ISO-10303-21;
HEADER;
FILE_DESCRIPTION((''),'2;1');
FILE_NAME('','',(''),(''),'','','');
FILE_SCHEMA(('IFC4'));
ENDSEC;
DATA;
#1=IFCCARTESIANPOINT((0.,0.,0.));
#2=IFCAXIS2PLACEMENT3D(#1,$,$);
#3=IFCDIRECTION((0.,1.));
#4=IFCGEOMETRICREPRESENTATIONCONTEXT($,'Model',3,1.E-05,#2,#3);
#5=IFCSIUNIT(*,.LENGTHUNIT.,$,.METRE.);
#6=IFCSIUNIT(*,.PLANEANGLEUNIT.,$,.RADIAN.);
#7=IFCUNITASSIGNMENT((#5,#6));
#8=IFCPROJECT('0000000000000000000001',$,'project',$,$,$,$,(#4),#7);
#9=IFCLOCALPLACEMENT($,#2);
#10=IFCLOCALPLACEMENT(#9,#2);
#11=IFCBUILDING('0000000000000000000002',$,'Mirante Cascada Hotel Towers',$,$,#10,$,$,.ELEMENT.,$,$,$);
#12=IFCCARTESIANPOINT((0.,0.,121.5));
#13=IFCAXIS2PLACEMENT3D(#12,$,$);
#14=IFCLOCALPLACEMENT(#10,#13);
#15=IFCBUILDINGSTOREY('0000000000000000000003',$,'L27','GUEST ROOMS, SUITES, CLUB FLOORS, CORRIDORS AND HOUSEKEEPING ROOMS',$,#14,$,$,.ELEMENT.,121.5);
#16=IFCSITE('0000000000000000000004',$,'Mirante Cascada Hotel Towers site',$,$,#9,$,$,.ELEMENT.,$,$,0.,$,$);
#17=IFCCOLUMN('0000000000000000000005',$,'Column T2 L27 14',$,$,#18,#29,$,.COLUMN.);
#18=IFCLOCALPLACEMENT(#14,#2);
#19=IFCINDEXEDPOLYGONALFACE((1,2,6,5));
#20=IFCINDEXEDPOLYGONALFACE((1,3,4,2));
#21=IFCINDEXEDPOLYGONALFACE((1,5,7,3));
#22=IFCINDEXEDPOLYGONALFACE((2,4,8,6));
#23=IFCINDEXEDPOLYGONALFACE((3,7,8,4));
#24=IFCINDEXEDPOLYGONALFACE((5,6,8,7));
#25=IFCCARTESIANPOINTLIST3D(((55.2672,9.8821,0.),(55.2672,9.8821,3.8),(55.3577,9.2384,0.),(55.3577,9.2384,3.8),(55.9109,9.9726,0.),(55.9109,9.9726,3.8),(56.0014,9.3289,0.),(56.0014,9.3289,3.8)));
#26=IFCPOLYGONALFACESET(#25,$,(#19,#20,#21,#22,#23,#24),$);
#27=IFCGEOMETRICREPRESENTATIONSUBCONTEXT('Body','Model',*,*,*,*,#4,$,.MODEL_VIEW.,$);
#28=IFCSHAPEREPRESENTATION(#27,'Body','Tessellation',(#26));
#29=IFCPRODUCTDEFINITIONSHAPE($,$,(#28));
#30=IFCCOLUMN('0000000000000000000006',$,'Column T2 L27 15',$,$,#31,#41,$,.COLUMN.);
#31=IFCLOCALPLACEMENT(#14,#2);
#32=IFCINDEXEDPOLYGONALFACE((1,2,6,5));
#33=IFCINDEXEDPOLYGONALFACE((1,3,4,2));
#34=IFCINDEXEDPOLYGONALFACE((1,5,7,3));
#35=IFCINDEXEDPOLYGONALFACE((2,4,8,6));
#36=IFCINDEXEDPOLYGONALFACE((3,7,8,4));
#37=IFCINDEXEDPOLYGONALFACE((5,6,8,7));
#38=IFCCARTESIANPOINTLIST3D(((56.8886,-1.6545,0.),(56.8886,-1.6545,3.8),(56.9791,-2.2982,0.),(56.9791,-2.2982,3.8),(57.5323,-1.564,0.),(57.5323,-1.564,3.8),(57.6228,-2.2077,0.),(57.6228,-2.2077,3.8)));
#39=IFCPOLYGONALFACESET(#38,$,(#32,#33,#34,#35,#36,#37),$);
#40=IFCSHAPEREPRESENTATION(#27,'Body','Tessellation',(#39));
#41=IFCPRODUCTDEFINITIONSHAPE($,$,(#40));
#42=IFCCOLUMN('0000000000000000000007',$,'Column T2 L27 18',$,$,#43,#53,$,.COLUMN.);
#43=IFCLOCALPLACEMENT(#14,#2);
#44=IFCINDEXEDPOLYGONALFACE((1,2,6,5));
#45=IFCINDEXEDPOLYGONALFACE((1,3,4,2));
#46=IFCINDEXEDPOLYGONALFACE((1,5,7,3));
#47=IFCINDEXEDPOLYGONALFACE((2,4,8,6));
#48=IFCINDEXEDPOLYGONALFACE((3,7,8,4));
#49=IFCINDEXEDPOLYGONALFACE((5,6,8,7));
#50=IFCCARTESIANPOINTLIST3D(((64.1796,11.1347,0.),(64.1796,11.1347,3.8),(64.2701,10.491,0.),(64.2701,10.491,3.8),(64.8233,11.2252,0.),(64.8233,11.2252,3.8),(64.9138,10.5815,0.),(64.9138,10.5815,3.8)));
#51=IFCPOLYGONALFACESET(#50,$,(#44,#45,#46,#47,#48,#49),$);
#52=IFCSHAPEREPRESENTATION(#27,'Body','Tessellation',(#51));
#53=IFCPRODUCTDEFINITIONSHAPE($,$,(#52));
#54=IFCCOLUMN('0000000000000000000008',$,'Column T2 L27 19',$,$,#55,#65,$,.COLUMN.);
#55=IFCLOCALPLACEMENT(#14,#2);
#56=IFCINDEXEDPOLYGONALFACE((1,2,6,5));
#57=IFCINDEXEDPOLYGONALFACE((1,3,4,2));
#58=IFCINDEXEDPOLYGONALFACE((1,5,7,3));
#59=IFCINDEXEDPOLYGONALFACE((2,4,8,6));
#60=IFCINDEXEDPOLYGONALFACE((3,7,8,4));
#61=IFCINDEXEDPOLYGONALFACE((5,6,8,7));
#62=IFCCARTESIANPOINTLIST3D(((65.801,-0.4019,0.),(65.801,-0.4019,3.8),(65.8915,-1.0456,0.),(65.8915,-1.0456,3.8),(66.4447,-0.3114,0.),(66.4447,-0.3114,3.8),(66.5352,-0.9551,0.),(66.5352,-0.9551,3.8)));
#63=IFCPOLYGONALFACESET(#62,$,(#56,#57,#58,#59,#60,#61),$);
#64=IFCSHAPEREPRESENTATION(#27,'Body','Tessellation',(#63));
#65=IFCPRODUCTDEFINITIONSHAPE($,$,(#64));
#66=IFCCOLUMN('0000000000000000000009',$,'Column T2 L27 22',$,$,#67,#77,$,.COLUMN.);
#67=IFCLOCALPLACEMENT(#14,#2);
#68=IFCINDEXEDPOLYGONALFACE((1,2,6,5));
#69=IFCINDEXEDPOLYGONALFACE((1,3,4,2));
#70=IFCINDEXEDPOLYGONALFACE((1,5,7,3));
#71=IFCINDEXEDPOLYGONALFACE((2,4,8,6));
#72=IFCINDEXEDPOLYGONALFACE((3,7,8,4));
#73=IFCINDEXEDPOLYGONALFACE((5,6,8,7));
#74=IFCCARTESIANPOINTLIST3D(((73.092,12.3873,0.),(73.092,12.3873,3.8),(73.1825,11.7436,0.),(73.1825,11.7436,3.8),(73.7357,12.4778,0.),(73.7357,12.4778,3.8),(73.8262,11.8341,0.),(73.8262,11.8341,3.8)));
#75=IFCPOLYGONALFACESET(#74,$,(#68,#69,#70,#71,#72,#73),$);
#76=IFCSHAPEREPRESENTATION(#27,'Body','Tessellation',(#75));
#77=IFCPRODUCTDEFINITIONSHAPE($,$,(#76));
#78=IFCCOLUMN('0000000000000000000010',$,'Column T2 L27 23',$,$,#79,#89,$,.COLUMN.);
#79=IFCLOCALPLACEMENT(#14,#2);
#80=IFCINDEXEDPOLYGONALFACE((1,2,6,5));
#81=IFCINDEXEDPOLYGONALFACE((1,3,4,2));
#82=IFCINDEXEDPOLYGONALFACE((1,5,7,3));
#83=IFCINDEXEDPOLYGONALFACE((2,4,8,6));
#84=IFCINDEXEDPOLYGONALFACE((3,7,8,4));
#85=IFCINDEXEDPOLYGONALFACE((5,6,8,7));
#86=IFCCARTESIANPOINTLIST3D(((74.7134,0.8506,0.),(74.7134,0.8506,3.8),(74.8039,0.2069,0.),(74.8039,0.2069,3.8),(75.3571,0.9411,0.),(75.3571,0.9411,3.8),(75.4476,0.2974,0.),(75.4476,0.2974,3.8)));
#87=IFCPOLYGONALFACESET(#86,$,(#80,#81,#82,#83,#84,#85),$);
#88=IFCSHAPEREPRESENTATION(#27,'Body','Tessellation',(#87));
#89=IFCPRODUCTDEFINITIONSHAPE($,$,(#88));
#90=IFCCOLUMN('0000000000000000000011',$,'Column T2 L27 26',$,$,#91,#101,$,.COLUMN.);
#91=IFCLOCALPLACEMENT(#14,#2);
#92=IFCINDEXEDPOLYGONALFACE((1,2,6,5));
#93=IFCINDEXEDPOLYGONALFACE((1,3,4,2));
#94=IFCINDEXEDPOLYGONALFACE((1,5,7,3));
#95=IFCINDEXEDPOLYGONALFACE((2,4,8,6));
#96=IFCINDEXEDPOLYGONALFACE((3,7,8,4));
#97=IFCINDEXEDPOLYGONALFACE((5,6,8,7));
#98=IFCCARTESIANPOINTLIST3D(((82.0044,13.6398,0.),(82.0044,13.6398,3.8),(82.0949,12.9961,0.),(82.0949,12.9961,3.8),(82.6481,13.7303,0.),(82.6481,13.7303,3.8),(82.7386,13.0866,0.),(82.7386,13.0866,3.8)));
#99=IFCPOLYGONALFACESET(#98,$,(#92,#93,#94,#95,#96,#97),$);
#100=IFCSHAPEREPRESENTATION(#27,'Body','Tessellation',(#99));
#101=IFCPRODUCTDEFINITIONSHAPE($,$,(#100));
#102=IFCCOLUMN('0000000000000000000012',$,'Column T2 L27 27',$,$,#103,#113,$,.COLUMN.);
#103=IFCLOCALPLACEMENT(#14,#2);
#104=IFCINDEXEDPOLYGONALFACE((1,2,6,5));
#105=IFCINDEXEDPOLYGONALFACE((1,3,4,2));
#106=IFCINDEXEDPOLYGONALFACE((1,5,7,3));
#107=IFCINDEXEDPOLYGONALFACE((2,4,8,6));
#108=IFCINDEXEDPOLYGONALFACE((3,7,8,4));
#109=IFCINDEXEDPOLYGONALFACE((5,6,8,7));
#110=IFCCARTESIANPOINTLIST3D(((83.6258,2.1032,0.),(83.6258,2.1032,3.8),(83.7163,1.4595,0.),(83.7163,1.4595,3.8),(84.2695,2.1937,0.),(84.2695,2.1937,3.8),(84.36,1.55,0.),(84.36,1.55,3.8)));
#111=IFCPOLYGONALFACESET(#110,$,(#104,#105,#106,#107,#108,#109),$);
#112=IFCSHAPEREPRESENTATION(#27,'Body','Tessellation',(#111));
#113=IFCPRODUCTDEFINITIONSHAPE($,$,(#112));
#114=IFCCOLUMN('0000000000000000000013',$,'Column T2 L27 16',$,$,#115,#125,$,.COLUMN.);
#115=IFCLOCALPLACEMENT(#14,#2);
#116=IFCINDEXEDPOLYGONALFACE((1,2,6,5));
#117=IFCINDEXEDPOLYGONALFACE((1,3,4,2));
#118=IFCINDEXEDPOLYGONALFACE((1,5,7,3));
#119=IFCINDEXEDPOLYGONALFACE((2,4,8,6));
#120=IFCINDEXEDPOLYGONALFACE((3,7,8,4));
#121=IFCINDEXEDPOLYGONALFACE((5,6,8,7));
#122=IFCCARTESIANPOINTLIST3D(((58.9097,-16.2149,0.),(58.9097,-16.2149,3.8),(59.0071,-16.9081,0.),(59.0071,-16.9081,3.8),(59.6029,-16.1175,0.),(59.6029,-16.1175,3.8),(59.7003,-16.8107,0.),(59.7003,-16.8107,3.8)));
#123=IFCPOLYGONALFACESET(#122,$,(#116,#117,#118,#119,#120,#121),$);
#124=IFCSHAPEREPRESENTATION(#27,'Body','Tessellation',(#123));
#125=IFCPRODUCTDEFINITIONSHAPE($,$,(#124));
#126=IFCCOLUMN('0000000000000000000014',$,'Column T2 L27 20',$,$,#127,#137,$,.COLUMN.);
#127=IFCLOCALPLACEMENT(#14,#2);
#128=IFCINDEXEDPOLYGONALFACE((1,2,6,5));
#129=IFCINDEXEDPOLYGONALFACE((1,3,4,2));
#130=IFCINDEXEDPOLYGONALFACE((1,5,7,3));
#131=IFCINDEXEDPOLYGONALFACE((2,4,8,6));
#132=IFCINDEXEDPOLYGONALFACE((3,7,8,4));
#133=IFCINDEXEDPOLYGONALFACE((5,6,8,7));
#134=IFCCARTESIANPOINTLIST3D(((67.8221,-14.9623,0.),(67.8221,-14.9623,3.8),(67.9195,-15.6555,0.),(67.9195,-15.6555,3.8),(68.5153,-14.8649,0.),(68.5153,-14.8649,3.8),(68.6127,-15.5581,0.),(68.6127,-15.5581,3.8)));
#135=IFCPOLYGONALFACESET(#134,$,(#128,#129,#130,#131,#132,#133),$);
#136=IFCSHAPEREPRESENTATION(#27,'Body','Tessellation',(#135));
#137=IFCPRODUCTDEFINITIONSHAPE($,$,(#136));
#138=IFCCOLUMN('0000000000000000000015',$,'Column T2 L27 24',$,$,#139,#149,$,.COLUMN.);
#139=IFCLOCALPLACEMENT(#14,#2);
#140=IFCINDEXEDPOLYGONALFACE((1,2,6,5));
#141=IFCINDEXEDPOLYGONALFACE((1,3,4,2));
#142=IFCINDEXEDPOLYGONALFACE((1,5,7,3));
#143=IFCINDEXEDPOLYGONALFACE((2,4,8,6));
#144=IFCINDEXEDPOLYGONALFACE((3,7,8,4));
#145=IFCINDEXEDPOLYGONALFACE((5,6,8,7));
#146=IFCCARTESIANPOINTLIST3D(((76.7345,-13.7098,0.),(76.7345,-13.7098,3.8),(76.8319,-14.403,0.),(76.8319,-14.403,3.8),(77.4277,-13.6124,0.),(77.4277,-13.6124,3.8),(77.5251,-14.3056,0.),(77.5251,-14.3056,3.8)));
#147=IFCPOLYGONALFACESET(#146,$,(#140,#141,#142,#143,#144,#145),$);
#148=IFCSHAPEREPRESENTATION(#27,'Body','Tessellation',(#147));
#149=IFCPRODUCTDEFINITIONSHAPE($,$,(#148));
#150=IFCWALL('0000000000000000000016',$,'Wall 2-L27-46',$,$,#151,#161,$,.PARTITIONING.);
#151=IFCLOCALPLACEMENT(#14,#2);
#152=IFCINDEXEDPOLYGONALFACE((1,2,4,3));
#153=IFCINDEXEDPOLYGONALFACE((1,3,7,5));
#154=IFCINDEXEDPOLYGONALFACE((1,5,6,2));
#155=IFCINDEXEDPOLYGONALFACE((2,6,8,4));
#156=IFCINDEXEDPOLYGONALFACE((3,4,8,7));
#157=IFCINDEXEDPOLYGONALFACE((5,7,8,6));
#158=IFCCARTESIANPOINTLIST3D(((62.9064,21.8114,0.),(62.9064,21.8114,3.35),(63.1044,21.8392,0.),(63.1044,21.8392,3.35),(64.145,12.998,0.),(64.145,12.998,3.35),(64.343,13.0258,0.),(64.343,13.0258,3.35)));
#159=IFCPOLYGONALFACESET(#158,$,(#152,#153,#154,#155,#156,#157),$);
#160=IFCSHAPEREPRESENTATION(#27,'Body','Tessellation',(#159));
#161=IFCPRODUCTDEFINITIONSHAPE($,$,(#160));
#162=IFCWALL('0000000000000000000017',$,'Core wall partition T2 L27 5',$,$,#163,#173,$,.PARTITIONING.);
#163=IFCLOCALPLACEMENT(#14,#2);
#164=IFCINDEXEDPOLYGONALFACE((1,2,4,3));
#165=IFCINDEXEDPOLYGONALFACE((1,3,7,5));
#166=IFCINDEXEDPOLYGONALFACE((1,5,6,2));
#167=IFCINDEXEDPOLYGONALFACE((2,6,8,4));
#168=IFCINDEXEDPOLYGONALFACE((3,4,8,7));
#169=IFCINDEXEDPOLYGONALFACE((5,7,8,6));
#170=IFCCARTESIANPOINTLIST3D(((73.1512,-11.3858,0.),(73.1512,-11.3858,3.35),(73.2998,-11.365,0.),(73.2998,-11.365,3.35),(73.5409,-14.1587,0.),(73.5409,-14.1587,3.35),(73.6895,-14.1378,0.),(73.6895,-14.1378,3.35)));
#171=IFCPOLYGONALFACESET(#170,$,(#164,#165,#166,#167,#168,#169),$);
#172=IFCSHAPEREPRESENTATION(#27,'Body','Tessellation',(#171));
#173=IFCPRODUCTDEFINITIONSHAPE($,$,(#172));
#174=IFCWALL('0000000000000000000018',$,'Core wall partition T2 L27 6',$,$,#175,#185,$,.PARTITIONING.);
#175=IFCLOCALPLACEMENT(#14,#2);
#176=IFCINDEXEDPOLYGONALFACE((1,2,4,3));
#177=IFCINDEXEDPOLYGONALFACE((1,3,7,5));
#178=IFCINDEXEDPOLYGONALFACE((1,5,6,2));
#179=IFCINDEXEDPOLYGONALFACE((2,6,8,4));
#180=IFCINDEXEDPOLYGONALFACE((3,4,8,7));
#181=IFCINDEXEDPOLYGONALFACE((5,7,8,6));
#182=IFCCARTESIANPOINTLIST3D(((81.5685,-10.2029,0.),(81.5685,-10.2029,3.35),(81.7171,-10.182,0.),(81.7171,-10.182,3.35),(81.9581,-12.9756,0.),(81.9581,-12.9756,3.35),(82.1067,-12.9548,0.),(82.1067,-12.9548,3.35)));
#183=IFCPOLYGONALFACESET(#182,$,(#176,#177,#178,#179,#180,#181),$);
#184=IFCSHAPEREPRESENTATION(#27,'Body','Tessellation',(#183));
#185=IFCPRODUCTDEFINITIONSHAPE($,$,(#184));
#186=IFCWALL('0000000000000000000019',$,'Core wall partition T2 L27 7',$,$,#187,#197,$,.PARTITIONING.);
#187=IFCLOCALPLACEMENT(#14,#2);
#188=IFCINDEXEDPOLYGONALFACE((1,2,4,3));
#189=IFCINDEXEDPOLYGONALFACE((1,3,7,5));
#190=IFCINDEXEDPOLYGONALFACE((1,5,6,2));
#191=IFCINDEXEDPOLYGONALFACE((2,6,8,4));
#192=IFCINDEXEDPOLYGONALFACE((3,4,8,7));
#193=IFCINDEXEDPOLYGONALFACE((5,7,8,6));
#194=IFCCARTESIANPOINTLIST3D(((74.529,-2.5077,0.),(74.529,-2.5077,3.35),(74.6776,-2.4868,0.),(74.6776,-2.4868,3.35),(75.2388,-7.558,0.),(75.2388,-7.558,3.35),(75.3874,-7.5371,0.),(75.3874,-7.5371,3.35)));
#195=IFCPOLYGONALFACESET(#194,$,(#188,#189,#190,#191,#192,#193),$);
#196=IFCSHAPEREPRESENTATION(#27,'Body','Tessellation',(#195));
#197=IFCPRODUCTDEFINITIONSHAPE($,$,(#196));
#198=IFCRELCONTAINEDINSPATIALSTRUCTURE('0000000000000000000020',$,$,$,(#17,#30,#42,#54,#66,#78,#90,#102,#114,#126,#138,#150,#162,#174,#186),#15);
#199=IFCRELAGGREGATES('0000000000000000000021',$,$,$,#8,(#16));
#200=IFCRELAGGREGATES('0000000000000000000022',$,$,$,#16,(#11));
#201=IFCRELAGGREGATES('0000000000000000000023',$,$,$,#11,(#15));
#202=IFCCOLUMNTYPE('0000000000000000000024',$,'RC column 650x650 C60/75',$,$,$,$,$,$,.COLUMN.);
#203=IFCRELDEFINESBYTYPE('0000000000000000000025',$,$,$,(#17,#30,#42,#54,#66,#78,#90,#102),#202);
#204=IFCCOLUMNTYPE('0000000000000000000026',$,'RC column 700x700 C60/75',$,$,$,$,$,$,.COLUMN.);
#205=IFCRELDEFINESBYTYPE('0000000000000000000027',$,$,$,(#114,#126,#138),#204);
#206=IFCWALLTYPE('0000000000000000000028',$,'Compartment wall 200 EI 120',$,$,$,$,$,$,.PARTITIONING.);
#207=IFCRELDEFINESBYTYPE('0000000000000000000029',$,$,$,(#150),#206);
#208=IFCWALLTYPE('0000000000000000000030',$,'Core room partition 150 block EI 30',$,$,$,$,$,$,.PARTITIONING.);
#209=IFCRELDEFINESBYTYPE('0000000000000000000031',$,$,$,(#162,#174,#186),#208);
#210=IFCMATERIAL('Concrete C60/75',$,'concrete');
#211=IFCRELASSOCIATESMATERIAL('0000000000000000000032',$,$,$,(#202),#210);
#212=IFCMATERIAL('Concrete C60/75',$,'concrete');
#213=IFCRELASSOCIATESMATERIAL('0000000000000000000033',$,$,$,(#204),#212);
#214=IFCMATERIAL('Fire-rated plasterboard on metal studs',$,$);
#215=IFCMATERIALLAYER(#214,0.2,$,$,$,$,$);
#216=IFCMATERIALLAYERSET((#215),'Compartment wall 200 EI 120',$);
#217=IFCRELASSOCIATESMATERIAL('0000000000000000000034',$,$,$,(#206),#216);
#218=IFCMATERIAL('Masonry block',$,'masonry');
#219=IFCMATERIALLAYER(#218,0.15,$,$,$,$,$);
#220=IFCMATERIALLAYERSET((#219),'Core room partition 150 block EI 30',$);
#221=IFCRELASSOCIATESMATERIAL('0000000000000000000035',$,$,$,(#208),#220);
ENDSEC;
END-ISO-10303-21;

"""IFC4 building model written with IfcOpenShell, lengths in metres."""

from ifc_helpers import new_model, si_unit, direction, frame, frame_2d, origin, origin_2d, place, context, subcontext, project, spatial, rectangle, extrude, material, layer, layer_set, material_profile, profile_set, type_object, element, save


model = new_model("IFC4")

# Units and contexts
model_context = context("Model", 3, precision=1e-05, world=origin(), true_north=direction((0.0, 1.0)))
body_context = subcontext(model_context, "Body", "Model", "MODEL_VIEW")
ifc_project = project(units=[si_unit("LENGTHUNIT", "METRE"), si_unit("PLANEANGLEUNIT", "RADIAN")], contexts=[model_context])

# Site, building, storey
site_placement = place(None, origin())
site = spatial("IfcSite", under=ifc_project, at=site_placement, Name="Mirante Cascada Hotel Towers site", CompositionType="ELEMENT", RefElevation=0.0)
building_placement = place(site_placement, origin())
building = spatial("IfcBuilding", under=site, at=building_placement, Name="Mirante Cascada Hotel Towers", CompositionType="ELEMENT")
storey_placement = place(building_placement, frame((0.0, 0.0, 121.5)))
storey = spatial("IfcBuildingStorey", under=building, at=storey_placement, Name="L27", Description="GUEST ROOMS, SUITES, CLUB FLOORS, CORRIDORS AND HOUSEKEEPING ROOMS", CompositionType="ELEMENT", Elevation=121.5)

# Columns
ifc_material_1 = material(Name="Concrete C60/75", Category="concrete")
ifc_material_profile_1 = material_profile(ifc_material_1, rectangle(XDim=0.65, YDim=0.65, at=origin_2d()), Name="RC column 650x650 C60/75")
ifc_profile_set_1 = profile_set([ifc_material_profile_1], Name="Concrete C60/75")
column_type_1 = type_object("IfcColumnType", Name="RC column 650x650 C60/75", PredefinedType="COLUMN", material=ifc_profile_set_1)
for number, where, z_axis, x_axis, name in (
    (1, (55.6343, 9.6055, 0.0), (0.0, 0.0, 1.0), (0.990268, 0.139173, 0.0), "Column T2 L27 14"),
    (2, (57.2557, -1.9311, 0.0), (0.0, 0.0, 1.0), (0.990268, 0.139173, 0.0), "Column T2 L27 15"),
    (3, (64.5467, 10.8581, 0.0), (0.0, 0.0, 1.0), (0.990268, 0.139173, 0.0), "Column T2 L27 18"),
    (4, (66.1681, -0.6785, 0.0), (0.0, 0.0, 1.0), (0.990268, 0.139173, 0.0), "Column T2 L27 19"),
    (5, (73.4591, 12.1107, 0.0), (0.0, 0.0, 1.0), (0.990268, 0.139173, 0.0), "Column T2 L27 22"),
    (6, (75.0805, 0.574, 0.0), (0.0, 0.0, 1.0), (0.990268, 0.139173, 0.0), "Column T2 L27 23"),
    (7, (82.3715, 13.3632, 0.0), (0.0, 0.0, 1.0), (0.990268, 0.139173, 0.0), "Column T2 L27 26"),
    (8, (83.9929, 1.8266, 0.0), (0.0, 0.0, 1.0), (0.990268, 0.139173, 0.0), "Column T2 L27 27"),
):
    element("IfcColumn", number, at=place(storey_placement, frame(where, z_axis=z_axis, x_axis=x_axis)), inside=storey, type_object=column_type_1, Name=name, PredefinedType="COLUMN", context=body_context, shape_type="SweptSolid", body=[
        extrude(rectangle(XDim=0.65, YDim=0.65, at=origin_2d()), origin(), (0.0, 0.0, 1.0), 3.8),
    ])
ifc_material_2 = material(Name="Concrete C60/75", Category="concrete")
ifc_material_profile_2 = material_profile(ifc_material_2, rectangle(XDim=0.7, YDim=0.7, at=origin_2d()), Name="RC column 700x700 C60/75")
ifc_profile_set_2 = profile_set([ifc_material_profile_2], Name="Concrete C60/75")
column_type_2 = type_object("IfcColumnType", Name="RC column 700x700 C60/75", PredefinedType="COLUMN", material=ifc_profile_set_2)
for number, where, z_axis, x_axis, name in (
    (9, (59.305, -16.5128, 0.0), (0.0, 0.0, 1.0), (0.990268, 0.139173, 0.0), "Column T2 L27 16"),
    (10, (68.2174, -15.2602, 0.0), (0.0, 0.0, 1.0), (0.990268, 0.139173, 0.0), "Column T2 L27 20"),
    (11, (77.1298, -14.0077, 0.0), (0.0, 0.0, 1.0), (0.990268, 0.139173, 0.0), "Column T2 L27 24"),
):
    element("IfcColumn", number, at=place(storey_placement, frame(where, z_axis=z_axis, x_axis=x_axis)), inside=storey, type_object=column_type_2, Name=name, PredefinedType="COLUMN", context=body_context, shape_type="SweptSolid", body=[
        extrude(rectangle(XDim=0.7, YDim=0.7, at=origin_2d()), origin(), (0.0, 0.0, 1.0), 3.8),
    ])

# Walls
ifc_material_3 = material(Name="Fire-rated plasterboard on metal studs")
ifc_layer_1 = layer(ifc_material_3, 0.2)
ifc_layer_set_1 = layer_set([ifc_layer_1], Name="Compartment wall 200 EI 120")
wall_type_1 = type_object("IfcWallType", Name="Compartment wall 200 EI 120", PredefinedType="PARTITIONING", material=ifc_layer_set_1)
wall_1_placement = place(storey_placement, frame((64.244, 13.0119, 0.0), z_axis=(0.0, 0.0, 1.0), x_axis=(-0.139168, 0.990269, 0.0)))
element("IfcWall", 12, at=wall_1_placement, inside=storey, type_object=wall_type_1, Name="Wall 2-L27-46", PredefinedType="PARTITIONING", context=body_context, shape_type="SweptSolid", body=[
    extrude(rectangle(XDim=8.9, YDim=0.2, at=frame_2d((4.45, 0.0))), origin(), (0.0, 0.0, 1.0), 3.35),
])
ifc_material_4 = material(Name="Masonry block", Category="masonry")
ifc_layer_2 = layer(ifc_material_4, 0.15)
ifc_layer_set_2 = layer_set([ifc_layer_2], Name="Core room partition 150 block EI 30")
wall_type_2 = type_object("IfcWallType", Name="Core room partition 150 block EI 30", PredefinedType="PARTITIONING", material=ifc_layer_set_2)
wall_2_placement = place(storey_placement, frame((73.6152, -14.1482, 0.0), z_axis=(0.0, 0.0, 1.0), x_axis=(-0.139176, 0.990268, 0.0)))
element("IfcWall", 13, at=wall_2_placement, inside=storey, type_object=wall_type_2, Name="Core wall partition T2 L27 5", PredefinedType="PARTITIONING", context=body_context, shape_type="SweptSolid", body=[
    extrude(rectangle(XDim=2.8001, YDim=0.15, at=frame_2d((1.4, 0.0))), origin(), (0.0, 0.0, 1.0), 3.35),
])
wall_3_placement = place(storey_placement, frame((82.0324, -12.9652, 0.0), z_axis=(0.0, 0.0, 1.0), x_axis=(-0.139141, 0.990273, 0.0)))
element("IfcWall", 14, at=wall_3_placement, inside=storey, type_object=wall_type_2, Name="Core wall partition T2 L27 6", PredefinedType="PARTITIONING", context=body_context, shape_type="SweptSolid", body=[
    extrude(rectangle(XDim=2.8, YDim=0.15, at=frame_2d((1.4, 0.0))), origin(), (0.0, 0.0, 1.0), 3.35),
])
wall_4_placement = place(storey_placement, frame((75.3131, -7.5476, 0.0), z_axis=(0.0, 0.0, 1.0), x_axis=(-0.139178, 0.990267, 0.0)))
element("IfcWall", 15, at=wall_4_placement, inside=storey, type_object=wall_type_2, Name="Core wall partition T2 L27 7", PredefinedType="PARTITIONING", context=body_context, shape_type="SweptSolid", body=[
    extrude(rectangle(XDim=5.0999, YDim=0.15, at=frame_2d((2.55, 0.0))), origin(), (0.0, 0.0, 1.0), 3.35),
])

save(model, "model.ifc")
